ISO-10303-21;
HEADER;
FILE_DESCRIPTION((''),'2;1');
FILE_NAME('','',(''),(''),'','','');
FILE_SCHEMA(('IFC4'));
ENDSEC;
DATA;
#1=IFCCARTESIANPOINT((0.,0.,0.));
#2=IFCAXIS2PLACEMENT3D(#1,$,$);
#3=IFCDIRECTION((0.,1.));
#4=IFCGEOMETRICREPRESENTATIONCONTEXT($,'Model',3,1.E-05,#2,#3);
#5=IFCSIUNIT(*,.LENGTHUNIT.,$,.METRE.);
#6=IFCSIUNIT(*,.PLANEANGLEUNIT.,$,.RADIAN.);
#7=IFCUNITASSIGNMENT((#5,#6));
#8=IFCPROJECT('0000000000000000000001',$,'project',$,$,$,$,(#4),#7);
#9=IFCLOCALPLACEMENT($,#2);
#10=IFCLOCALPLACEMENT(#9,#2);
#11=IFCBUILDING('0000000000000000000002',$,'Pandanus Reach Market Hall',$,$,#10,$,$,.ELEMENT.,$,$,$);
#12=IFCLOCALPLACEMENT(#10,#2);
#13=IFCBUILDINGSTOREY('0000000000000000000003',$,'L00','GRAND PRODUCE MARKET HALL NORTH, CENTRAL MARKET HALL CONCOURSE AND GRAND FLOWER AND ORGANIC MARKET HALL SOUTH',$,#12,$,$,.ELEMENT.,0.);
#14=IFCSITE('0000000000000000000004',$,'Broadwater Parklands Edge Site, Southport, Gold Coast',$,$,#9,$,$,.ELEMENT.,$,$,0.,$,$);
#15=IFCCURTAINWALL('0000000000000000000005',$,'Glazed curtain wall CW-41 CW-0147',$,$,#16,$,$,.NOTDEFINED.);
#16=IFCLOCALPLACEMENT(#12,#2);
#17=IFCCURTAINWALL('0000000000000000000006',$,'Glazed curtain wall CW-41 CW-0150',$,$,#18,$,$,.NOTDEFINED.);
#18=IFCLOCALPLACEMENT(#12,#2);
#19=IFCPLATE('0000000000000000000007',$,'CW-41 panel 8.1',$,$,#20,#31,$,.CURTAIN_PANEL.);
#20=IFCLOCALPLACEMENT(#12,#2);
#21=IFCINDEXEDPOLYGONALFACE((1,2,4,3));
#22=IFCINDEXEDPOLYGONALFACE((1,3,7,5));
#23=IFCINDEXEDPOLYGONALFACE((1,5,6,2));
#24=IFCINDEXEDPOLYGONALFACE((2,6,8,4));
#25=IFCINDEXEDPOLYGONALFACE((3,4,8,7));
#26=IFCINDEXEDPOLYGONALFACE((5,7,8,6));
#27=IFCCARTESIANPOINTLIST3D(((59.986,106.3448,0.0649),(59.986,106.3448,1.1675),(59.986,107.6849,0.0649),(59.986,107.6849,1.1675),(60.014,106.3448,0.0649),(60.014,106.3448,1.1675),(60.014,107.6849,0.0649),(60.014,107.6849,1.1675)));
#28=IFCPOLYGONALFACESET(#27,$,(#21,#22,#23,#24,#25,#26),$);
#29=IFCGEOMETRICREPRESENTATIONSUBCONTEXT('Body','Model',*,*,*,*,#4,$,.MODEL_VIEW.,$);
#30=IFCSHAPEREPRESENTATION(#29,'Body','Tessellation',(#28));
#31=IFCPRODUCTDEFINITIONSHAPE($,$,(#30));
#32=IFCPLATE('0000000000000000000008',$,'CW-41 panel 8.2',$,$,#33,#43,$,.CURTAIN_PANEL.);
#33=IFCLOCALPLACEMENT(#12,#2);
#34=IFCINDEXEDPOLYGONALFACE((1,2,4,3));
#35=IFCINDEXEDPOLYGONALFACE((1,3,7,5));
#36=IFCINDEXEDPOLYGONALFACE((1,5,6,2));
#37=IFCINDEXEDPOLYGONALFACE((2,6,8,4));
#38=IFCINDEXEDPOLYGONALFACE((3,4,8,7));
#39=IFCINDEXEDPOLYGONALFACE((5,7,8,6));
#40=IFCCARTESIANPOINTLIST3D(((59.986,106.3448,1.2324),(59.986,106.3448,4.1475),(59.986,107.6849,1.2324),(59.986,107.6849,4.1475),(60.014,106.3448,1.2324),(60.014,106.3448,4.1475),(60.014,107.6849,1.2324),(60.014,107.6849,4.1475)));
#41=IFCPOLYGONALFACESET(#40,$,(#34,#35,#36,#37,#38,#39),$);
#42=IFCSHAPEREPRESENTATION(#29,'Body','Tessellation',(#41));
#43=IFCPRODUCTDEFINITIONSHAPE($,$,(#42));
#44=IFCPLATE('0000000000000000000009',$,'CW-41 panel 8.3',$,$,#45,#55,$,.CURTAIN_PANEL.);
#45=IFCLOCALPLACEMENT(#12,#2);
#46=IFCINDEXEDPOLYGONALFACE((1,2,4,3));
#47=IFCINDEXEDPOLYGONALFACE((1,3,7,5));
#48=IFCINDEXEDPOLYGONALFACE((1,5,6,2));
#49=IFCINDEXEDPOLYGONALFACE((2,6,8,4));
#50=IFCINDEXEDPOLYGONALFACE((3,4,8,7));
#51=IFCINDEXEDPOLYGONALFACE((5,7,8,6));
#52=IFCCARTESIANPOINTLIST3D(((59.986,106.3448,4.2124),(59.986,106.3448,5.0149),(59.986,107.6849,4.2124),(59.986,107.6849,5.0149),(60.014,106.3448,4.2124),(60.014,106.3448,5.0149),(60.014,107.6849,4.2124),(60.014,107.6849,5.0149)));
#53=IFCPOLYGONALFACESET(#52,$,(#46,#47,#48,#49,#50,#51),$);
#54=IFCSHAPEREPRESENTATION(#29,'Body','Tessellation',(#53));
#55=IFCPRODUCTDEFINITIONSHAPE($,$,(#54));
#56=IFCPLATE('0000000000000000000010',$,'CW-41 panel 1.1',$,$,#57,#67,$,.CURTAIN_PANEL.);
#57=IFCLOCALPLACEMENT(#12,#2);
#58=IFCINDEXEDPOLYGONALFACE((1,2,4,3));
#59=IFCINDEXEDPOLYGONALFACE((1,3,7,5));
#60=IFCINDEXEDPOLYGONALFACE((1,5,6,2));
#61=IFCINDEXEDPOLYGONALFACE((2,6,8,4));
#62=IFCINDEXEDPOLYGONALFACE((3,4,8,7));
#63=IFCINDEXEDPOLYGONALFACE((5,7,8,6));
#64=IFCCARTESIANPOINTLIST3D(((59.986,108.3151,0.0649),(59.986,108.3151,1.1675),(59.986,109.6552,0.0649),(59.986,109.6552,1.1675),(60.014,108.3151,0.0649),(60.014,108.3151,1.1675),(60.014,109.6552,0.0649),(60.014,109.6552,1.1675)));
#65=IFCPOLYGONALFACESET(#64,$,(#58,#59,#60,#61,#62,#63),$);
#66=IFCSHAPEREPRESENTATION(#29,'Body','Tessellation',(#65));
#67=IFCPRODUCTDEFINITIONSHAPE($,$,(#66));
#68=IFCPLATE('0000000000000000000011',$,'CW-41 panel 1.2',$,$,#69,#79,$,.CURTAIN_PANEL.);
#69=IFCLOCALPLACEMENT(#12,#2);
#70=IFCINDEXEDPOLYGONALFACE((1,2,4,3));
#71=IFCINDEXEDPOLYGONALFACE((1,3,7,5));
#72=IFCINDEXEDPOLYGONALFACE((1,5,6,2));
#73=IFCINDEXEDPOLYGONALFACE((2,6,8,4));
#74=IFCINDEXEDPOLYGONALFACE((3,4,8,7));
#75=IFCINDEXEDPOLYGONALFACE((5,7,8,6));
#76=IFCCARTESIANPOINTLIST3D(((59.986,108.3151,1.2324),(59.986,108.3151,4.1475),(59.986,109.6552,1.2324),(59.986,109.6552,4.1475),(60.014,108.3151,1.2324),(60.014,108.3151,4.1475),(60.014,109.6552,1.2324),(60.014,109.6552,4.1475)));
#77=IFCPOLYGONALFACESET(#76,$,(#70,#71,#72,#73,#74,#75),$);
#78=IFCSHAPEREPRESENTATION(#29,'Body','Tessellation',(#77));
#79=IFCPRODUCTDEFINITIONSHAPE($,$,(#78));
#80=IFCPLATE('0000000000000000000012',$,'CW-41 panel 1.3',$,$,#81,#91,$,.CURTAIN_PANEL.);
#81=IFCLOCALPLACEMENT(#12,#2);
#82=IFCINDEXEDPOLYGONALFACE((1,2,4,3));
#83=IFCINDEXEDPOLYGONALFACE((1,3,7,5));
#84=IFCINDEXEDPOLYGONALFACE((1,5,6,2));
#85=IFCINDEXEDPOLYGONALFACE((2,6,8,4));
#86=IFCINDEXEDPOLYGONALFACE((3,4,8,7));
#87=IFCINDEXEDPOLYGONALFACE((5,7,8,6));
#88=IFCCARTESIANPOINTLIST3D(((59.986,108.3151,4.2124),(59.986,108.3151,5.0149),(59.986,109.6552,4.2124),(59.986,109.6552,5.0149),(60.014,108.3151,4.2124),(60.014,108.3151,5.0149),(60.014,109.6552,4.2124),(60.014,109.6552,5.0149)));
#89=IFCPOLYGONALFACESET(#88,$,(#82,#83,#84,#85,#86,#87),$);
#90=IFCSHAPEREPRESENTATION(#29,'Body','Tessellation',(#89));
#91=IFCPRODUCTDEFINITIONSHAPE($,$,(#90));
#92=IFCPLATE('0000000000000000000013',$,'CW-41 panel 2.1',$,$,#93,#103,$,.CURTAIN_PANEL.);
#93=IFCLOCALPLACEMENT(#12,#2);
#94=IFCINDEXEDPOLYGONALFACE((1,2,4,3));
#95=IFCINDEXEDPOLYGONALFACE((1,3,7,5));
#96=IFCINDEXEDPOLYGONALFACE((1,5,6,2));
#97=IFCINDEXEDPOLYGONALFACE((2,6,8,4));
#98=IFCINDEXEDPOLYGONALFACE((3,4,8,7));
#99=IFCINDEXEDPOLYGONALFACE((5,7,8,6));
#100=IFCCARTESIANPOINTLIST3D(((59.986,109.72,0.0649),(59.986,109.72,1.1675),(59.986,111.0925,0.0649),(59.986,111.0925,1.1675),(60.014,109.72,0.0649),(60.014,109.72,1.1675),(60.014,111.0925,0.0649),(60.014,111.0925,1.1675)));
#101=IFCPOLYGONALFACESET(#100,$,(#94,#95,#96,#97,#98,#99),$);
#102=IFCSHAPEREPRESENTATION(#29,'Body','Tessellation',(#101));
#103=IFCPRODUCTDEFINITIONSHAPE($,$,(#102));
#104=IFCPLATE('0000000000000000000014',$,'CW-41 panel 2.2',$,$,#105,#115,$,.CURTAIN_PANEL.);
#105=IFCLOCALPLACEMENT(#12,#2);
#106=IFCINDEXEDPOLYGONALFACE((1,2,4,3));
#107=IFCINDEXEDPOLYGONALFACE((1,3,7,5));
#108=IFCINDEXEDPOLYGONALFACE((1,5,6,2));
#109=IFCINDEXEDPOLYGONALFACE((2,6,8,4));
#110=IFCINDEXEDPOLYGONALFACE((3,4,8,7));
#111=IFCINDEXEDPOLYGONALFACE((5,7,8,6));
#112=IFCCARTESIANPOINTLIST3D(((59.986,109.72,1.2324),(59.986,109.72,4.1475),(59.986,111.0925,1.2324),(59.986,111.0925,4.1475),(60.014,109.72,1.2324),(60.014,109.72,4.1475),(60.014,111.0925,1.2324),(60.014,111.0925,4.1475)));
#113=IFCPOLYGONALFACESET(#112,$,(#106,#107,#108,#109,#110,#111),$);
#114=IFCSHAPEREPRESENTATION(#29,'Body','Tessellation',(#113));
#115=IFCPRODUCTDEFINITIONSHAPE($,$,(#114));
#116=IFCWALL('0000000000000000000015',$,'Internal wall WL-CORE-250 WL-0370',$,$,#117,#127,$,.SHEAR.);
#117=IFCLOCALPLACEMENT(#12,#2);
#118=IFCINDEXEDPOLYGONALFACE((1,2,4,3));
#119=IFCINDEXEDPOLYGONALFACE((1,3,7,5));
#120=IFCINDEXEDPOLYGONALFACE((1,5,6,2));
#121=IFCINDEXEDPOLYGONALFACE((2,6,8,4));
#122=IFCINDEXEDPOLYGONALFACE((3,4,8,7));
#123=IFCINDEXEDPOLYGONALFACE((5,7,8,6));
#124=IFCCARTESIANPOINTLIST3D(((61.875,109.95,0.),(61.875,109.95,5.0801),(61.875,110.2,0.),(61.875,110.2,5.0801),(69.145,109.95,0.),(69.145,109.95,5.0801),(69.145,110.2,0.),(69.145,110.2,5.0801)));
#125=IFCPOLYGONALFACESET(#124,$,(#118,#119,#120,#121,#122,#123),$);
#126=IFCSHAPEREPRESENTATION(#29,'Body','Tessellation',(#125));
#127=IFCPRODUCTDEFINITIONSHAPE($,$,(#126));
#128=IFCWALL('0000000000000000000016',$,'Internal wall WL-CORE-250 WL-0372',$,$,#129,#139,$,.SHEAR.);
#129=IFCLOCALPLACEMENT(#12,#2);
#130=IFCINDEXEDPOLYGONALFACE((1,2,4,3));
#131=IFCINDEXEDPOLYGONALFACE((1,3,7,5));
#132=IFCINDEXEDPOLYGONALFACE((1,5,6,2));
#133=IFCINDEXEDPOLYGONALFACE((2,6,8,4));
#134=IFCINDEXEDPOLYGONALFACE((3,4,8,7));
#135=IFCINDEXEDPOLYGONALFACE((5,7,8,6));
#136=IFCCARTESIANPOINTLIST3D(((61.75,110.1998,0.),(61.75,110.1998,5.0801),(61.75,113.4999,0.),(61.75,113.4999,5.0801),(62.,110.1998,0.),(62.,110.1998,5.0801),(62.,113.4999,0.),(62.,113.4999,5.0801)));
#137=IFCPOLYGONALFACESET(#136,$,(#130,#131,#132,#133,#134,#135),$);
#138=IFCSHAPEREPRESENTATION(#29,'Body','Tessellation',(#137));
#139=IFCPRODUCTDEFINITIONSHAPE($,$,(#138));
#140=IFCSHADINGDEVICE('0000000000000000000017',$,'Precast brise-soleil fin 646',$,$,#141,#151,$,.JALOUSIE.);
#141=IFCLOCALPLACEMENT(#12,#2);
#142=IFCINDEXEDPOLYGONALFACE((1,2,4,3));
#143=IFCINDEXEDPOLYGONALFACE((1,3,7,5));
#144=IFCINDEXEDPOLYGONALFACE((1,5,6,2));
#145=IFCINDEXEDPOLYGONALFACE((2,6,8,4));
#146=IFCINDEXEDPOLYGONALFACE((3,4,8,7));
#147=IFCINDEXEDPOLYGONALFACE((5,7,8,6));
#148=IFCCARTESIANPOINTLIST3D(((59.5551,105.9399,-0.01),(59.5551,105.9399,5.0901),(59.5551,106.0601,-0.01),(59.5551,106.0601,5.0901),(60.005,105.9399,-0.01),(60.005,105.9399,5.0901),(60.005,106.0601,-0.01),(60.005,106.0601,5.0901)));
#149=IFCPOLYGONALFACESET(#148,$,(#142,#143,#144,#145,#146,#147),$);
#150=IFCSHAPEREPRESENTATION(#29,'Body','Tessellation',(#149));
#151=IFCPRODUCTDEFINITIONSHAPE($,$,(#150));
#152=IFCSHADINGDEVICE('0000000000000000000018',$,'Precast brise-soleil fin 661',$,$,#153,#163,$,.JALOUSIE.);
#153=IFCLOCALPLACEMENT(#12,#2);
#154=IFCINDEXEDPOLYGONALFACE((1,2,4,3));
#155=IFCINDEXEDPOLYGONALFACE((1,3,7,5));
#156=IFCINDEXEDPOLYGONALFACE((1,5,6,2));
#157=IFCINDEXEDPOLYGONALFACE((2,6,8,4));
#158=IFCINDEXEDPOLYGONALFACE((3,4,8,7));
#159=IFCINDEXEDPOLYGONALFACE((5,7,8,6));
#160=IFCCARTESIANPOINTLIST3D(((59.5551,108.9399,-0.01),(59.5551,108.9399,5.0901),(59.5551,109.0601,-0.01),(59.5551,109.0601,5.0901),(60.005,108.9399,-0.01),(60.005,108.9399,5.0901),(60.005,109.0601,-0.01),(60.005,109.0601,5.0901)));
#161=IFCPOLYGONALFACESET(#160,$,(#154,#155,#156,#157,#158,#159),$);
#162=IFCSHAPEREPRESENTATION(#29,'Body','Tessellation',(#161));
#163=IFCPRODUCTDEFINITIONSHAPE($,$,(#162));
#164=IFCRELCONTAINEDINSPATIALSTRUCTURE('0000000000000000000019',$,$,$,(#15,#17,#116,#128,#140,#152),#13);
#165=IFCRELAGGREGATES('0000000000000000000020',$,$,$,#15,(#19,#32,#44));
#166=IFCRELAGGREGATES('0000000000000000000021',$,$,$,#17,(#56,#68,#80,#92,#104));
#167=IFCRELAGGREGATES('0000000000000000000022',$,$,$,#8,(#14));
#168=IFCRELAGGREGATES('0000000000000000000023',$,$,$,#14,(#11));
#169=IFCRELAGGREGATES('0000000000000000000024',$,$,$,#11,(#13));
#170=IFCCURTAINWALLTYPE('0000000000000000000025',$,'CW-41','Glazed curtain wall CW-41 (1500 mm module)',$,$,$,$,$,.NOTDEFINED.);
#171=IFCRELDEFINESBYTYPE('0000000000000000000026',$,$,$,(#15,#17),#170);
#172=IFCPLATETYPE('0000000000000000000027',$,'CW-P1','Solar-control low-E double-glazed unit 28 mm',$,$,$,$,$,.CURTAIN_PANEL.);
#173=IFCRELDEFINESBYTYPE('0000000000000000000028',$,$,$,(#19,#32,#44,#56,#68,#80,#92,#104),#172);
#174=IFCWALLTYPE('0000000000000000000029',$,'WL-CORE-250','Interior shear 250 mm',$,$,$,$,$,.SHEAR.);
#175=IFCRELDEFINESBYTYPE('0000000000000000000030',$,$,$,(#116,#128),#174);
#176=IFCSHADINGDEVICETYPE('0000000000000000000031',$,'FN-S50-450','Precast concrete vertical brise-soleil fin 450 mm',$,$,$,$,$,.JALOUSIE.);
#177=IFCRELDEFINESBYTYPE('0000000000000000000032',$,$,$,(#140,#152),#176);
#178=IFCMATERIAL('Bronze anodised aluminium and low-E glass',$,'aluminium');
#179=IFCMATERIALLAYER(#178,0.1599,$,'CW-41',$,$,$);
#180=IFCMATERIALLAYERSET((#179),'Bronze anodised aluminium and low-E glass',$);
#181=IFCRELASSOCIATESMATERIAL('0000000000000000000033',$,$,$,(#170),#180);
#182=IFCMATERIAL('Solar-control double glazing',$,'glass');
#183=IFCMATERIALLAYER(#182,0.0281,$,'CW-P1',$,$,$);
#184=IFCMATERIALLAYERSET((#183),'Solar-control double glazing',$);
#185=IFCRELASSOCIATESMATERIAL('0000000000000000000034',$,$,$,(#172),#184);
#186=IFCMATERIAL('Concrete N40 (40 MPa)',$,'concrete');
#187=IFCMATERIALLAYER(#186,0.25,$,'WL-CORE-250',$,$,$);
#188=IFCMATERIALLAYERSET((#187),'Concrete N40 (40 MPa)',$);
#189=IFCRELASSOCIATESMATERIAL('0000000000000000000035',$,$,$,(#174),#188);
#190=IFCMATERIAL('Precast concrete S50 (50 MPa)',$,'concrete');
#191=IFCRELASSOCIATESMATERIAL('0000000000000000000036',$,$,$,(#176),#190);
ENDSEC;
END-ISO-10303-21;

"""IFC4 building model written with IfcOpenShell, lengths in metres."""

from ifc_helpers import new_model, si_unit, direction, frame, frame_2d, origin, origin_2d, place, context, subcontext, project, spatial, rectangle, extrude, material, layer, layer_set, type_object, element, aggregate, save


model = new_model("IFC4")

# Units and contexts
model_context = context("Model", 3, precision=1e-05, world=origin(), true_north=direction((0.0, 1.0)))
body_context = subcontext(model_context, "Body", "Model", "MODEL_VIEW")
ifc_project = project(units=[si_unit("LENGTHUNIT", "METRE"), si_unit("PLANEANGLEUNIT", "RADIAN")], contexts=[model_context])

# Site, building, storey
site_placement = place(None, origin())
site = spatial("IfcSite", under=ifc_project, at=site_placement, Name="Broadwater Parklands Edge Site, Southport, Gold Coast", CompositionType="ELEMENT", RefElevation=0.0)
building_placement = place(site_placement, origin())
building = spatial("IfcBuilding", under=site, at=building_placement, Name="Pandanus Reach Market Hall", CompositionType="ELEMENT")
storey_placement = place(building_placement, origin())
storey = spatial("IfcBuildingStorey", under=building, at=storey_placement, Name="L00", Description="GRAND PRODUCE MARKET HALL NORTH, CENTRAL MARKET HALL CONCOURSE AND GRAND FLOWER AND ORGANIC MARKET HALL SOUTH", CompositionType="ELEMENT", Elevation=0.0)

# Shared definitions
ifc_material_1 = material(Name="Concrete N40 (40 MPa)", Category="concrete")

# Curtain walls
ifc_material_2 = material(Name="Bronze anodised aluminium and low-E glass", Category="aluminium")
ifc_layer_1 = layer(ifc_material_2, 0.1599, Name="CW-41")
ifc_layer_set_1 = layer_set([ifc_layer_1], Name="Bronze anodised aluminium and low-E glass")
curtain_wall_type = type_object("IfcCurtainWallType", Name="CW-41", Description="Glazed curtain wall CW-41 (1500 mm module)", PredefinedType="NOTDEFINED", material=ifc_layer_set_1)
curtain_wall_1_placement = place(storey_placement, origin())
curtain_wall_1 = element("IfcCurtainWall", 1, at=curtain_wall_1_placement, inside=storey, type_object=curtain_wall_type, Name="Glazed curtain wall CW-41 CW-0147", PredefinedType="NOTDEFINED")
curtain_wall_2_placement = place(storey_placement, origin())
curtain_wall_2 = element("IfcCurtainWall", 2, at=curtain_wall_2_placement, inside=storey, type_object=curtain_wall_type, Name="Glazed curtain wall CW-41 CW-0150", PredefinedType="NOTDEFINED")

# Plates
ifc_material_3 = material(Name="Solar-control double glazing", Category="glass")
ifc_layer_2 = layer(ifc_material_3, 0.0281, Name="CW-P1")
ifc_layer_set_2 = layer_set([ifc_layer_2], Name="Solar-control double glazing")
plate_type = type_object("IfcPlateType", Name="CW-P1", Description="Solar-control low-E double-glazed unit 28 mm", PredefinedType="CURTAIN_PANEL", material=ifc_layer_set_2)
plate_1_placement = place(storey_placement, frame((60.0, 107.0149, 0.0649), z_axis=(0.0, 0.0, 1.0), x_axis=(0.0, 1.0, 0.0)))
plate_1 = element("IfcPlate", 3, at=plate_1_placement, type_object=plate_type, Name="CW-41 panel 8.1", PredefinedType="CURTAIN_PANEL", context=body_context, shape_type="SweptSolid", body=[
    extrude(rectangle(XDim=1.3401, YDim=0.0281, at=origin_2d()), origin(), (0.0, 0.0, 1.0), 1.1025),
])
plate_2_placement = place(storey_placement, frame((60.0, 107.0149, 1.2324), z_axis=(0.0, 0.0, 1.0), x_axis=(0.0, 1.0, 0.0)))
plate_2 = element("IfcPlate", 4, at=plate_2_placement, type_object=plate_type, Name="CW-41 panel 8.2", PredefinedType="CURTAIN_PANEL", context=body_context, shape_type="SweptSolid", body=[
    extrude(rectangle(XDim=1.3401, YDim=0.0281, at=origin_2d()), origin(), (0.0, 0.0, 1.0), 2.915),
])
plate_3_placement = place(storey_placement, frame((60.0, 107.0149, 4.2124), z_axis=(0.0, 0.0, 1.0), x_axis=(0.0, 1.0, 0.0)))
plate_3 = element("IfcPlate", 5, at=plate_3_placement, type_object=plate_type, Name="CW-41 panel 8.3", PredefinedType="CURTAIN_PANEL", context=body_context, shape_type="SweptSolid", body=[
    extrude(rectangle(XDim=1.3401, YDim=0.0281, at=origin_2d()), origin(), (0.0, 0.0, 1.0), 0.8025),
])
aggregate(curtain_wall_1, [plate_1, plate_2, plate_3])
plate_4_placement = place(storey_placement, frame((60.0, 108.9851, 0.0649), z_axis=(0.0, 0.0, 1.0), x_axis=(0.0, 1.0, 0.0)))
plate_4 = element("IfcPlate", 6, at=plate_4_placement, type_object=plate_type, Name="CW-41 panel 1.1", PredefinedType="CURTAIN_PANEL", context=body_context, shape_type="SweptSolid", body=[
    extrude(rectangle(XDim=1.3401, YDim=0.0281, at=origin_2d()), origin(), (0.0, 0.0, 1.0), 1.1025),
])
plate_5_placement = place(storey_placement, frame((60.0, 108.9851, 1.2324), z_axis=(0.0, 0.0, 1.0), x_axis=(0.0, 1.0, 0.0)))
plate_5 = element("IfcPlate", 7, at=plate_5_placement, type_object=plate_type, Name="CW-41 panel 1.2", PredefinedType="CURTAIN_PANEL", context=body_context, shape_type="SweptSolid", body=[
    extrude(rectangle(XDim=1.3401, YDim=0.0281, at=origin_2d()), origin(), (0.0, 0.0, 1.0), 2.915),
])
plate_6_placement = place(storey_placement, frame((60.0, 108.9851, 4.2124), z_axis=(0.0, 0.0, 1.0), x_axis=(0.0, 1.0, 0.0)))
plate_6 = element("IfcPlate", 8, at=plate_6_placement, type_object=plate_type, Name="CW-41 panel 1.3", PredefinedType="CURTAIN_PANEL", context=body_context, shape_type="SweptSolid", body=[
    extrude(rectangle(XDim=1.3401, YDim=0.0281, at=origin_2d()), origin(), (0.0, 0.0, 1.0), 0.8025),
])
plate_7_placement = place(storey_placement, frame((60.0, 110.4062, 0.0649), z_axis=(0.0, 0.0, 1.0), x_axis=(0.0, 1.0, 0.0)))
plate_7 = element("IfcPlate", 9, at=plate_7_placement, type_object=plate_type, Name="CW-41 panel 2.1", PredefinedType="CURTAIN_PANEL", context=body_context, shape_type="SweptSolid", body=[
    extrude(rectangle(XDim=1.3726, YDim=0.0281, at=origin_2d()), origin(), (0.0, 0.0, 1.0), 1.1025),
])
plate_8_placement = place(storey_placement, frame((60.0, 110.4062, 1.2324), z_axis=(0.0, 0.0, 1.0), x_axis=(0.0, 1.0, 0.0)))
plate_8 = element("IfcPlate", 10, at=plate_8_placement, type_object=plate_type, Name="CW-41 panel 2.2", PredefinedType="CURTAIN_PANEL", context=body_context, shape_type="SweptSolid", body=[
    extrude(rectangle(XDim=1.3726, YDim=0.0281, at=origin_2d()), origin(), (0.0, 0.0, 1.0), 2.915),
])
aggregate(curtain_wall_2, [plate_4, plate_5, plate_6, plate_7, plate_8])

# Walls
ifc_layer_3 = layer(ifc_material_1, 0.25, Name="WL-CORE-250")
ifc_layer_set_3 = layer_set([ifc_layer_3], Name="Concrete N40 (40 MPa)")
wall_type = type_object("IfcWallType", Name="WL-CORE-250", Description="Interior shear 250 mm", PredefinedType="SHEAR", material=ifc_layer_set_3)
wall_1_placement = place(storey_placement, frame((61.875, 110.075, 0.0), z_axis=(0.0, 0.0, 1.0), x_axis=(1.0, 0.0, 0.0)))
element("IfcWall", 11, at=wall_1_placement, inside=storey, type_object=wall_type, Name="Internal wall WL-CORE-250 WL-0370", PredefinedType="SHEAR", context=body_context, shape_type="SweptSolid", body=[
    extrude(rectangle(XDim=7.27, YDim=0.25, at=frame_2d((3.635, 0.0))), origin(), (0.0, 0.0, 1.0), 5.0801),
])
wall_2_placement = place(storey_placement, frame((61.875, 110.2, 0.0), z_axis=(0.0, 0.0, 1.0), x_axis=(0.0, 1.0, 0.0)))
element("IfcWall", 12, at=wall_2_placement, inside=storey, type_object=wall_type, Name="Internal wall WL-CORE-250 WL-0372", PredefinedType="SHEAR", context=body_context, shape_type="SweptSolid", body=[
    extrude(rectangle(XDim=3.3, YDim=0.25, at=frame_2d((1.6499, 0.0))), origin(), (0.0, 0.0, 1.0), 5.0801),
])

# Shading devices
ifc_material_4 = material(Name="Precast concrete S50 (50 MPa)", Category="concrete")
shading_device_type = type_object("IfcShadingDeviceType", Name="FN-S50-450", Description="Precast concrete vertical brise-soleil fin 450 mm", PredefinedType="JALOUSIE", material=ifc_material_4)
for number, where, z_axis, x_axis, name in (
    (13, (59.78, 106.0, -0.01), (0.0, 0.0, 1.0), (-1.0, 0.0, 0.0), "Precast brise-soleil fin 646"),
    (14, (59.78, 109.0, -0.01), (0.0, 0.0, 1.0), (-1.0, 0.0, 0.0), "Precast brise-soleil fin 661"),
):
    element("IfcShadingDevice", number, at=place(storey_placement, frame(where, z_axis=z_axis, x_axis=x_axis)), inside=storey, type_object=shading_device_type, Name=name, PredefinedType="JALOUSIE", context=body_context, shape_type="SweptSolid", body=[
        extrude(rectangle(XDim=0.45, YDim=0.1201, at=origin_2d()), origin(), (0.0, 0.0, 1.0), 5.1001),
    ])

save(model, "model.ifc")
